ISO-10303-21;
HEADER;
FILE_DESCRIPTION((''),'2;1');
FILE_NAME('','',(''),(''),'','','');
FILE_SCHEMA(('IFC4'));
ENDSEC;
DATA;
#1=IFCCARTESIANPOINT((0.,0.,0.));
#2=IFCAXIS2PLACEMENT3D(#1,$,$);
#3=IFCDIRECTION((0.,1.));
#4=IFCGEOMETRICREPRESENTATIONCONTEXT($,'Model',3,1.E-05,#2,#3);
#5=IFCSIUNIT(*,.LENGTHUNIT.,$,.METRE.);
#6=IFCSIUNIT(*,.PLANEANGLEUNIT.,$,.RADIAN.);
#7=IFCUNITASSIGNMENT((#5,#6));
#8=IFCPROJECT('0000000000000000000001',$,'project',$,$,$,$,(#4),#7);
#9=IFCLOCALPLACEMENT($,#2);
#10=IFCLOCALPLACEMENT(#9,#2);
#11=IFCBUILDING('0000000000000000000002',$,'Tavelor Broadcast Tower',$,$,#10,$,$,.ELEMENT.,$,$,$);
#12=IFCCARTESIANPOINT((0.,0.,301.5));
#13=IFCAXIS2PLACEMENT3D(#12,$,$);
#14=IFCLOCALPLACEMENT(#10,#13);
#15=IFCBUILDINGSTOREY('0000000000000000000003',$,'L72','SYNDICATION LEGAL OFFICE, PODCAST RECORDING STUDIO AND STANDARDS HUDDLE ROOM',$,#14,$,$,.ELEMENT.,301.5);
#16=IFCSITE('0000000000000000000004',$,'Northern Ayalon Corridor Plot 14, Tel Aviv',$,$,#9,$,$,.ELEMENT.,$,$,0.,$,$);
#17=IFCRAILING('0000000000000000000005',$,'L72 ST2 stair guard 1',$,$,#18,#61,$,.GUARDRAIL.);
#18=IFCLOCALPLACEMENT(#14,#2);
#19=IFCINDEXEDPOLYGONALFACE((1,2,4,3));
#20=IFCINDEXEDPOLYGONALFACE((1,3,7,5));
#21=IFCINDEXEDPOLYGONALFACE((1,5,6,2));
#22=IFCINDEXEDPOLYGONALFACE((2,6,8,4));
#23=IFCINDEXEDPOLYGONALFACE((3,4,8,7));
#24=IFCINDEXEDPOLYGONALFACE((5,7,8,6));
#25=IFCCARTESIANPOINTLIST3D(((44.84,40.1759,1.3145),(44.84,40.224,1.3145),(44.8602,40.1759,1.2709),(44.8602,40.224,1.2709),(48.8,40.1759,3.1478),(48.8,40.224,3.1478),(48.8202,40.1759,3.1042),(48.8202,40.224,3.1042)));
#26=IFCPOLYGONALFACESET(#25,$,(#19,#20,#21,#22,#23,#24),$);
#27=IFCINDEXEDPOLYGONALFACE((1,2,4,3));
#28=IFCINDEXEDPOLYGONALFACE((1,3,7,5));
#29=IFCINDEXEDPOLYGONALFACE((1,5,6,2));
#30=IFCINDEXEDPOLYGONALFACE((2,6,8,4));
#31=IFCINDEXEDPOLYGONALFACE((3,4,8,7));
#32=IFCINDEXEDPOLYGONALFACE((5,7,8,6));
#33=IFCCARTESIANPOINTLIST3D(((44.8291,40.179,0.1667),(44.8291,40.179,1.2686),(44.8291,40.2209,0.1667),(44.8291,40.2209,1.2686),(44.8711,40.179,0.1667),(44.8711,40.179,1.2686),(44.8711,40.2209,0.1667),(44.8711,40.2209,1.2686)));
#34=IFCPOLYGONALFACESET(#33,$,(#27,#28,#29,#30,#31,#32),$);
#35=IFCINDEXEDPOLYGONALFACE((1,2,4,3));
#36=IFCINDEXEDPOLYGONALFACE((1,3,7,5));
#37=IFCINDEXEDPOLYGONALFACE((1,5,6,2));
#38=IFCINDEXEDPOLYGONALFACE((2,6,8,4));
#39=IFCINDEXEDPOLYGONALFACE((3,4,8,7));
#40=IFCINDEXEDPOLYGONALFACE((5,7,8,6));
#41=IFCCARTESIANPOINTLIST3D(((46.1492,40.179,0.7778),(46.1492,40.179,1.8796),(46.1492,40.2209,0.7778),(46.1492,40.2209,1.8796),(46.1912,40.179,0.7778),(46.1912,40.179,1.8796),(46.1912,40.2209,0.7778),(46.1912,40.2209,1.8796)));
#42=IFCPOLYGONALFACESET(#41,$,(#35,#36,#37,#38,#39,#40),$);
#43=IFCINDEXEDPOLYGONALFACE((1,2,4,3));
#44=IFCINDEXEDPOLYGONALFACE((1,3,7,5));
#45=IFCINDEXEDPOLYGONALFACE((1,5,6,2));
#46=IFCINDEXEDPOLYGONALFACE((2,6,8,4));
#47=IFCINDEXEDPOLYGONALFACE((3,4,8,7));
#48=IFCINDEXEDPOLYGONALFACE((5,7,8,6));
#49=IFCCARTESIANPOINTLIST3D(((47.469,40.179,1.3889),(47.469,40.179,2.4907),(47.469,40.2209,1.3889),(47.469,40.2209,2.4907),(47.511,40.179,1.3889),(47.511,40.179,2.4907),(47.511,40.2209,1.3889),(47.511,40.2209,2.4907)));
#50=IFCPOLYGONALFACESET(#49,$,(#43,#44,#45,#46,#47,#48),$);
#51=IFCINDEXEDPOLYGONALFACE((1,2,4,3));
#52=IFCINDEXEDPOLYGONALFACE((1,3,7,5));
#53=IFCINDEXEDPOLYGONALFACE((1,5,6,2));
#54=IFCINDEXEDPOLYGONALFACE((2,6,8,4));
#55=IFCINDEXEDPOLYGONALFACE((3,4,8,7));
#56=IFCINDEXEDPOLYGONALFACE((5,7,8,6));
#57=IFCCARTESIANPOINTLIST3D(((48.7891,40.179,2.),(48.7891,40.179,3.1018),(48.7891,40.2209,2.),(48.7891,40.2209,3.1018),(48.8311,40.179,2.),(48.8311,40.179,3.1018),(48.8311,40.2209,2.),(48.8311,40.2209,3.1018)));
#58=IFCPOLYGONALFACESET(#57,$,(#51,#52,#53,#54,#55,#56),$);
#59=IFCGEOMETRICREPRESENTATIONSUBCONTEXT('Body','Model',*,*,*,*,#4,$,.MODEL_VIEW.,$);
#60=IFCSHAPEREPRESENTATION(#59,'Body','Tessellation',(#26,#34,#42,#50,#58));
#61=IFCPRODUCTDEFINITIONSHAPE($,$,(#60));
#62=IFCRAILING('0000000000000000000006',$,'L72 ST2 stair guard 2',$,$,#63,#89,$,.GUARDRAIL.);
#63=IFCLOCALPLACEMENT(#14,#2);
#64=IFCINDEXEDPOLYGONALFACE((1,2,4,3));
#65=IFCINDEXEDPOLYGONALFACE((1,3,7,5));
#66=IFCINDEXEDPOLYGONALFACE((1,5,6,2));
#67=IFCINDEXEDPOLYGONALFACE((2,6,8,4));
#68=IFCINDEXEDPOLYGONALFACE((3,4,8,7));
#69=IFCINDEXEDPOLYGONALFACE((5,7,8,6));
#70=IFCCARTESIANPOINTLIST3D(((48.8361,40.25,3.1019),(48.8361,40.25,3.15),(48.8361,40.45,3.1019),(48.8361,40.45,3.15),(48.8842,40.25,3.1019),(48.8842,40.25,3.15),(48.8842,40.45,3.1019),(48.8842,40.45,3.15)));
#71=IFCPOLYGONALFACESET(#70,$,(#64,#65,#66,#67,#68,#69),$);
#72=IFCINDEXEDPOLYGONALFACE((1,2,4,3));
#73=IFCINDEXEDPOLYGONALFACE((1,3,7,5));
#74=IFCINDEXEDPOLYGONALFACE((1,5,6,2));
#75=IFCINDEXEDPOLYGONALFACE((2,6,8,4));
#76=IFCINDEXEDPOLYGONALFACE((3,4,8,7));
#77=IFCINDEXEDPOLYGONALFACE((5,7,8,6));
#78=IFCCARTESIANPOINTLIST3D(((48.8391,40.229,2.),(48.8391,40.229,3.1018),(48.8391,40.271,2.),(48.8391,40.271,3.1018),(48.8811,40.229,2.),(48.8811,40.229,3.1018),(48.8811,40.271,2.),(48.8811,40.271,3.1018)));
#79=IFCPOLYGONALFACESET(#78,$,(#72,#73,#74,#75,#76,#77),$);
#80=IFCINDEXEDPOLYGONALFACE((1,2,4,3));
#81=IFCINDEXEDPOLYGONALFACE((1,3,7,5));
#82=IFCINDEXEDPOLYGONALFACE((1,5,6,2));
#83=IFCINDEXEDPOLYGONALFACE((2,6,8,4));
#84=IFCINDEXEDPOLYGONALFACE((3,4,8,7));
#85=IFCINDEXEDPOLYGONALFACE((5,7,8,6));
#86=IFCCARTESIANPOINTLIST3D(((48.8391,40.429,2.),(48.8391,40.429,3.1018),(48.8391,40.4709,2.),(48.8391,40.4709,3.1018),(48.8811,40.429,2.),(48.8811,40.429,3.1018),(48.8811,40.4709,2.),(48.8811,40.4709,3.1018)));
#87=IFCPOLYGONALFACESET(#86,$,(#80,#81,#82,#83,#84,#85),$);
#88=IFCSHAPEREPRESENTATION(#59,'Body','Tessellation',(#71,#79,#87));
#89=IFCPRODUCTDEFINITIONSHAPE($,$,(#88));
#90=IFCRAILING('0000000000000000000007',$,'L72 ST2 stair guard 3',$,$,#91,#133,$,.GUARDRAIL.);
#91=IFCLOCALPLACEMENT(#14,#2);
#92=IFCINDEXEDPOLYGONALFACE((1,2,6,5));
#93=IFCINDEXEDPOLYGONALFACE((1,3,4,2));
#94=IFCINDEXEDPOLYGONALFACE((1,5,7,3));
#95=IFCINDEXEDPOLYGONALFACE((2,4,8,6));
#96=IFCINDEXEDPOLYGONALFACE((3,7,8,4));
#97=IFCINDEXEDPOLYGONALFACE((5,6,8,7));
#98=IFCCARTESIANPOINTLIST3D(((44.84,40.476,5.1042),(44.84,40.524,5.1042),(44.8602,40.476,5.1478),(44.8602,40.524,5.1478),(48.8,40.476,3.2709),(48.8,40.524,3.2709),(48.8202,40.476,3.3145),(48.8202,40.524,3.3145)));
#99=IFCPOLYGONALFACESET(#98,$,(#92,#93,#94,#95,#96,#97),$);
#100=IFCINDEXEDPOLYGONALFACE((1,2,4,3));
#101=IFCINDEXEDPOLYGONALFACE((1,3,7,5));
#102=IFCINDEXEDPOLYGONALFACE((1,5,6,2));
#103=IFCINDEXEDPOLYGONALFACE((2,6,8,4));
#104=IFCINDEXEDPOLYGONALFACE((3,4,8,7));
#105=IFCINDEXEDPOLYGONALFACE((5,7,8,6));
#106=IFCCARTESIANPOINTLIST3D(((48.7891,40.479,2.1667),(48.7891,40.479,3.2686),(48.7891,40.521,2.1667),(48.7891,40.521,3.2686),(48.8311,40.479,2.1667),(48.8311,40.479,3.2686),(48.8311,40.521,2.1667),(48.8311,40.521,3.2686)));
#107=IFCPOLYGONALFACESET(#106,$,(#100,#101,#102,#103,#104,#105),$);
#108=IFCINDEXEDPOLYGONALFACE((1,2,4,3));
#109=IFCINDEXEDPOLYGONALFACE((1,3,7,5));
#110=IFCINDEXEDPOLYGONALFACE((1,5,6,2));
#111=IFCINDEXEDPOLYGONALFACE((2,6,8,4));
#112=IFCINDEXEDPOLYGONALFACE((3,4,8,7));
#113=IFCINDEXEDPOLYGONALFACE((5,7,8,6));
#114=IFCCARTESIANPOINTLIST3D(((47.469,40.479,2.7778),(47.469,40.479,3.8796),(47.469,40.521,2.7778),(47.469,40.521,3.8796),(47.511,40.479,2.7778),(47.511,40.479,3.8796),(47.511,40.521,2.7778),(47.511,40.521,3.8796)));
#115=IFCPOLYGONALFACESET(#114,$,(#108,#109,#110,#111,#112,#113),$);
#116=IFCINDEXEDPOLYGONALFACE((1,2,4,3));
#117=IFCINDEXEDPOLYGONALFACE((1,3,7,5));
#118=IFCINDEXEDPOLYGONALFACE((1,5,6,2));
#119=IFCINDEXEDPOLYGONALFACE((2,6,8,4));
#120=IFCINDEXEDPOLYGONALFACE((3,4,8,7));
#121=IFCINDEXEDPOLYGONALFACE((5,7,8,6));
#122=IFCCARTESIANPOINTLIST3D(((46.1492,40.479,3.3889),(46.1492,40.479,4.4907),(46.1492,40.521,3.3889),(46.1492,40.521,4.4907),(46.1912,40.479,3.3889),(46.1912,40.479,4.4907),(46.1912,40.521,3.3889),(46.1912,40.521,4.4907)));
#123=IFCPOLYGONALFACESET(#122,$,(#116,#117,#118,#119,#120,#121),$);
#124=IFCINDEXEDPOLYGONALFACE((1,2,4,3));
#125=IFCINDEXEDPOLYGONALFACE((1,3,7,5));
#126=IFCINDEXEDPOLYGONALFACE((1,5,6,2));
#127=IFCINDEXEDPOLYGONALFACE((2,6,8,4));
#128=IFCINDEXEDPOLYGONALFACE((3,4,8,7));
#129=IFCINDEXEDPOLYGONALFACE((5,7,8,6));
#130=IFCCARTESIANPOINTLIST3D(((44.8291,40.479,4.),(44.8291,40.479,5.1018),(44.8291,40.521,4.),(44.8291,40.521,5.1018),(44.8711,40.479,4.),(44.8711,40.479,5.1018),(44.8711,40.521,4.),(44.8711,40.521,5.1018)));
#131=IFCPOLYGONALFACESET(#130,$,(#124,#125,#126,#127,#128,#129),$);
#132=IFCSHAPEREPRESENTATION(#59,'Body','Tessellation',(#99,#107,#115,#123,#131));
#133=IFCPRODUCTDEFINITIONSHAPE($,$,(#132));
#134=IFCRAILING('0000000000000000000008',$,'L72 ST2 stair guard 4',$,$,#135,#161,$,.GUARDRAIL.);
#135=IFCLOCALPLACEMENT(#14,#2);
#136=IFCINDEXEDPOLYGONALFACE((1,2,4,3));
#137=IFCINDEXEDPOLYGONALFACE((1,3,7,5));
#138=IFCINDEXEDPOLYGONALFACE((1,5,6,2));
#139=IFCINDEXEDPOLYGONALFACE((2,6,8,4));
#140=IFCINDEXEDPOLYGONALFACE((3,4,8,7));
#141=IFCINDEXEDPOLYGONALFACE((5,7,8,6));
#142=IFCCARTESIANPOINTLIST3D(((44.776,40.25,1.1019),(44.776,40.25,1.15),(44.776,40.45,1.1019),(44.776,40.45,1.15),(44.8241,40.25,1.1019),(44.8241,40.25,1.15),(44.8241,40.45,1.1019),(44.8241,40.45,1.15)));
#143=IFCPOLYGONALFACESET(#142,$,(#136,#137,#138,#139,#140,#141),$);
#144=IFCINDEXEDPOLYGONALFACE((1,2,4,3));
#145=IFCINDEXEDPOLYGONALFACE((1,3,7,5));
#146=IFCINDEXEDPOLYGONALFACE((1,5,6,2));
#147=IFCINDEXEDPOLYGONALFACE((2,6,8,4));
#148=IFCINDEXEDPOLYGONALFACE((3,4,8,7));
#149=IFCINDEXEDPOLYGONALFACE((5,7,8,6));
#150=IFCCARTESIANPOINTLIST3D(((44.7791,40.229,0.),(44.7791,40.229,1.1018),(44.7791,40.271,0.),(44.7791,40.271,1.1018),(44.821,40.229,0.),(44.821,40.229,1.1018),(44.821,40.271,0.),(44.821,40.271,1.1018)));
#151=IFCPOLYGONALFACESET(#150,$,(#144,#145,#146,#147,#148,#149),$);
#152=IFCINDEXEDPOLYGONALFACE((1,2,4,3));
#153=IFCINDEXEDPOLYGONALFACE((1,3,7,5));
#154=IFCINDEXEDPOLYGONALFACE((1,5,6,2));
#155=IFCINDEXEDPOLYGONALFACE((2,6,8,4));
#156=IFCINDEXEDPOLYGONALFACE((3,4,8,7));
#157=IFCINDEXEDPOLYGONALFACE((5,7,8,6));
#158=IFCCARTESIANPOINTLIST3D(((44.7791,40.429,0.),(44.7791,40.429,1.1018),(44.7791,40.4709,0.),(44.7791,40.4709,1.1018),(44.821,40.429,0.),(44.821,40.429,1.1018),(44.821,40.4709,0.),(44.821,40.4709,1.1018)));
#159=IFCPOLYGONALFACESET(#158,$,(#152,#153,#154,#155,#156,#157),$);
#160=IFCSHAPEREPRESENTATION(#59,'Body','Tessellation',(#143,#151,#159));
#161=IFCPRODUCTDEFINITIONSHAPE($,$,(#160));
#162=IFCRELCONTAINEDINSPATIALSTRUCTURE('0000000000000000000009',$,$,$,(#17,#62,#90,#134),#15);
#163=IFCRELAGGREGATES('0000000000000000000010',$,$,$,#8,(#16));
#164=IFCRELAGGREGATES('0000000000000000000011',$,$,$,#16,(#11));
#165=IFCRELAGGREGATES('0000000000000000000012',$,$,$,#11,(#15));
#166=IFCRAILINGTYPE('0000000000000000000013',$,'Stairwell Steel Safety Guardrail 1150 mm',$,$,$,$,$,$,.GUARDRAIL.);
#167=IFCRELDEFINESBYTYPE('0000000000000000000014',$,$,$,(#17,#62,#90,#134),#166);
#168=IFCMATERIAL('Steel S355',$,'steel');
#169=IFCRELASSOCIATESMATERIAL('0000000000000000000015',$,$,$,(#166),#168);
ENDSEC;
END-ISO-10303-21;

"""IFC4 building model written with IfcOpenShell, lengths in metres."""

from ifc_helpers import new_model, si_unit, direction, frame, origin, origin_2d, place, context, subcontext, project, spatial, rectangle, extrude, material, type_object, element, save


model = new_model("IFC4")

# Units and contexts
model_context = context("Model", 3, precision=1e-05, world=origin(), true_north=direction((0.0, 1.0)))
body_context = subcontext(model_context, "Body", "Model", "MODEL_VIEW")
ifc_project = project(units=[si_unit("LENGTHUNIT", "METRE"), si_unit("PLANEANGLEUNIT", "RADIAN")], contexts=[model_context])

# Site, building, storey
site_placement = place(None, origin())
site = spatial("IfcSite", under=ifc_project, at=site_placement, Name="Northern Ayalon Corridor Plot 14, Tel Aviv", CompositionType="ELEMENT", RefElevation=0.0)
building_placement = place(site_placement, origin())
building = spatial("IfcBuilding", under=site, at=building_placement, Name="Tavelor Broadcast Tower", CompositionType="ELEMENT")
storey_placement = place(building_placement, frame((0.0, 0.0, 301.5)))
storey = spatial("IfcBuildingStorey", under=building, at=storey_placement, Name="L72", Description="SYNDICATION LEGAL OFFICE, PODCAST RECORDING STUDIO AND STANDARDS HUDDLE ROOM", CompositionType="ELEMENT", Elevation=301.5)

# Shared definitions
ifc_material_1 = material(Name="Steel S355", Category="steel")

# Railings
railing_type_1 = type_object("IfcRailingType", Name="Stairwell Steel Safety Guardrail 1150 mm", PredefinedType="GUARDRAIL", material=ifc_material_1)
railing_1_placement = place(storey_placement, frame((44.8501, 40.2, 0.1667)))
element("IfcRailing", 1, at=railing_1_placement, inside=storey, type_object=railing_type_1, Name="L72 ST2 stair guard 1", PredefinedType="GUARDRAIL", context=body_context, shape_type="SweptSolid", body=[
    extrude(rectangle(XDim=0.0481, YDim=0.0481, at=origin_2d()), frame((0.0, 0.0, 1.126), z_axis=(0.907472, 0.0, 0.420112), x_axis=(0.0, 1.0, 0.0)), (0.0, 0.0, 1.0), 4.3638),
    extrude(rectangle(XDim=0.042, YDim=0.042, at=origin_2d()), origin(), (0.0, 0.0, 1.0), 1.1018),
    extrude(rectangle(XDim=0.042, YDim=0.042, at=origin_2d()), frame((1.3201, 0.0, 0.6111)), (0.0, 0.0, 1.0), 1.1018),
    extrude(rectangle(XDim=0.042, YDim=0.042, at=origin_2d()), frame((2.6399, 0.0, 1.2222)), (0.0, 0.0, 1.0), 1.1018),
    extrude(rectangle(XDim=0.042, YDim=0.042, at=origin_2d()), frame((3.96, 0.0, 1.8333)), (0.0, 0.0, 1.0), 1.1018),
])
railing_2_placement = place(storey_placement, frame((48.8601, 40.25, 2.0)))
element("IfcRailing", 2, at=railing_2_placement, inside=storey, type_object=railing_type_1, Name="L72 ST2 stair guard 2", PredefinedType="GUARDRAIL", context=body_context, shape_type="SweptSolid", body=[
    extrude(rectangle(XDim=0.0481, YDim=0.0481, at=origin_2d()), frame((0.0, 0.0, 1.126), z_axis=(0.0, 1.0, 0.0), x_axis=(-1.0, 0.0, 0.0)), (0.0, 0.0, 1.0), 0.2),
    extrude(rectangle(XDim=0.042, YDim=0.042, at=origin_2d()), origin(), (0.0, 0.0, 1.0), 1.1018),
    extrude(rectangle(XDim=0.042, YDim=0.042, at=origin_2d()), frame((0.0, 0.2, 0.0)), (0.0, 0.0, 1.0), 1.1018),
])
railing_3_placement = place(storey_placement, frame((48.8101, 40.5, 2.1667)))
element("IfcRailing", 3, at=railing_3_placement, inside=storey, type_object=railing_type_1, Name="L72 ST2 stair guard 3", PredefinedType="GUARDRAIL", context=body_context, shape_type="SweptSolid", body=[
    extrude(rectangle(XDim=0.0481, YDim=0.0481, at=origin_2d()), frame((0.0, 0.0, 1.126), z_axis=(-0.907472, 0.0, 0.420112), x_axis=(0.0, -1.0, 0.0)), (0.0, 0.0, 1.0), 4.3638),
    extrude(rectangle(XDim=0.042, YDim=0.042, at=origin_2d()), origin(), (0.0, 0.0, 1.0), 1.1018),
    extrude(rectangle(XDim=0.042, YDim=0.042, at=origin_2d()), frame((-1.3201, 0.0, 0.6111)), (0.0, 0.0, 1.0), 1.1018),
    extrude(rectangle(XDim=0.042, YDim=0.042, at=origin_2d()), frame((-2.6399, 0.0, 1.2222)), (0.0, 0.0, 1.0), 1.1018),
    extrude(rectangle(XDim=0.042, YDim=0.042, at=origin_2d()), frame((-3.96, 0.0, 1.8333)), (0.0, 0.0, 1.0), 1.1018),
])
railing_4_placement = place(storey_placement, frame((44.8, 40.25, 0.0)))
element("IfcRailing", 4, at=railing_4_placement, inside=storey, type_object=railing_type_1, Name="L72 ST2 stair guard 4", PredefinedType="GUARDRAIL", context=body_context, shape_type="SweptSolid", body=[
    extrude(rectangle(XDim=0.0481, YDim=0.0481, at=origin_2d()), frame((0.0, 0.0, 1.126), z_axis=(0.0, 1.0, 0.0), x_axis=(-1.0, 0.0, 0.0)), (0.0, 0.0, 1.0), 0.2),
    extrude(rectangle(XDim=0.042, YDim=0.042, at=origin_2d()), origin(), (0.0, 0.0, 1.0), 1.1018),
    extrude(rectangle(XDim=0.042, YDim=0.042, at=origin_2d()), frame((0.0, 0.2, 0.0)), (0.0, 0.0, 1.0), 1.1018),
])

save(model, "model.ifc")
